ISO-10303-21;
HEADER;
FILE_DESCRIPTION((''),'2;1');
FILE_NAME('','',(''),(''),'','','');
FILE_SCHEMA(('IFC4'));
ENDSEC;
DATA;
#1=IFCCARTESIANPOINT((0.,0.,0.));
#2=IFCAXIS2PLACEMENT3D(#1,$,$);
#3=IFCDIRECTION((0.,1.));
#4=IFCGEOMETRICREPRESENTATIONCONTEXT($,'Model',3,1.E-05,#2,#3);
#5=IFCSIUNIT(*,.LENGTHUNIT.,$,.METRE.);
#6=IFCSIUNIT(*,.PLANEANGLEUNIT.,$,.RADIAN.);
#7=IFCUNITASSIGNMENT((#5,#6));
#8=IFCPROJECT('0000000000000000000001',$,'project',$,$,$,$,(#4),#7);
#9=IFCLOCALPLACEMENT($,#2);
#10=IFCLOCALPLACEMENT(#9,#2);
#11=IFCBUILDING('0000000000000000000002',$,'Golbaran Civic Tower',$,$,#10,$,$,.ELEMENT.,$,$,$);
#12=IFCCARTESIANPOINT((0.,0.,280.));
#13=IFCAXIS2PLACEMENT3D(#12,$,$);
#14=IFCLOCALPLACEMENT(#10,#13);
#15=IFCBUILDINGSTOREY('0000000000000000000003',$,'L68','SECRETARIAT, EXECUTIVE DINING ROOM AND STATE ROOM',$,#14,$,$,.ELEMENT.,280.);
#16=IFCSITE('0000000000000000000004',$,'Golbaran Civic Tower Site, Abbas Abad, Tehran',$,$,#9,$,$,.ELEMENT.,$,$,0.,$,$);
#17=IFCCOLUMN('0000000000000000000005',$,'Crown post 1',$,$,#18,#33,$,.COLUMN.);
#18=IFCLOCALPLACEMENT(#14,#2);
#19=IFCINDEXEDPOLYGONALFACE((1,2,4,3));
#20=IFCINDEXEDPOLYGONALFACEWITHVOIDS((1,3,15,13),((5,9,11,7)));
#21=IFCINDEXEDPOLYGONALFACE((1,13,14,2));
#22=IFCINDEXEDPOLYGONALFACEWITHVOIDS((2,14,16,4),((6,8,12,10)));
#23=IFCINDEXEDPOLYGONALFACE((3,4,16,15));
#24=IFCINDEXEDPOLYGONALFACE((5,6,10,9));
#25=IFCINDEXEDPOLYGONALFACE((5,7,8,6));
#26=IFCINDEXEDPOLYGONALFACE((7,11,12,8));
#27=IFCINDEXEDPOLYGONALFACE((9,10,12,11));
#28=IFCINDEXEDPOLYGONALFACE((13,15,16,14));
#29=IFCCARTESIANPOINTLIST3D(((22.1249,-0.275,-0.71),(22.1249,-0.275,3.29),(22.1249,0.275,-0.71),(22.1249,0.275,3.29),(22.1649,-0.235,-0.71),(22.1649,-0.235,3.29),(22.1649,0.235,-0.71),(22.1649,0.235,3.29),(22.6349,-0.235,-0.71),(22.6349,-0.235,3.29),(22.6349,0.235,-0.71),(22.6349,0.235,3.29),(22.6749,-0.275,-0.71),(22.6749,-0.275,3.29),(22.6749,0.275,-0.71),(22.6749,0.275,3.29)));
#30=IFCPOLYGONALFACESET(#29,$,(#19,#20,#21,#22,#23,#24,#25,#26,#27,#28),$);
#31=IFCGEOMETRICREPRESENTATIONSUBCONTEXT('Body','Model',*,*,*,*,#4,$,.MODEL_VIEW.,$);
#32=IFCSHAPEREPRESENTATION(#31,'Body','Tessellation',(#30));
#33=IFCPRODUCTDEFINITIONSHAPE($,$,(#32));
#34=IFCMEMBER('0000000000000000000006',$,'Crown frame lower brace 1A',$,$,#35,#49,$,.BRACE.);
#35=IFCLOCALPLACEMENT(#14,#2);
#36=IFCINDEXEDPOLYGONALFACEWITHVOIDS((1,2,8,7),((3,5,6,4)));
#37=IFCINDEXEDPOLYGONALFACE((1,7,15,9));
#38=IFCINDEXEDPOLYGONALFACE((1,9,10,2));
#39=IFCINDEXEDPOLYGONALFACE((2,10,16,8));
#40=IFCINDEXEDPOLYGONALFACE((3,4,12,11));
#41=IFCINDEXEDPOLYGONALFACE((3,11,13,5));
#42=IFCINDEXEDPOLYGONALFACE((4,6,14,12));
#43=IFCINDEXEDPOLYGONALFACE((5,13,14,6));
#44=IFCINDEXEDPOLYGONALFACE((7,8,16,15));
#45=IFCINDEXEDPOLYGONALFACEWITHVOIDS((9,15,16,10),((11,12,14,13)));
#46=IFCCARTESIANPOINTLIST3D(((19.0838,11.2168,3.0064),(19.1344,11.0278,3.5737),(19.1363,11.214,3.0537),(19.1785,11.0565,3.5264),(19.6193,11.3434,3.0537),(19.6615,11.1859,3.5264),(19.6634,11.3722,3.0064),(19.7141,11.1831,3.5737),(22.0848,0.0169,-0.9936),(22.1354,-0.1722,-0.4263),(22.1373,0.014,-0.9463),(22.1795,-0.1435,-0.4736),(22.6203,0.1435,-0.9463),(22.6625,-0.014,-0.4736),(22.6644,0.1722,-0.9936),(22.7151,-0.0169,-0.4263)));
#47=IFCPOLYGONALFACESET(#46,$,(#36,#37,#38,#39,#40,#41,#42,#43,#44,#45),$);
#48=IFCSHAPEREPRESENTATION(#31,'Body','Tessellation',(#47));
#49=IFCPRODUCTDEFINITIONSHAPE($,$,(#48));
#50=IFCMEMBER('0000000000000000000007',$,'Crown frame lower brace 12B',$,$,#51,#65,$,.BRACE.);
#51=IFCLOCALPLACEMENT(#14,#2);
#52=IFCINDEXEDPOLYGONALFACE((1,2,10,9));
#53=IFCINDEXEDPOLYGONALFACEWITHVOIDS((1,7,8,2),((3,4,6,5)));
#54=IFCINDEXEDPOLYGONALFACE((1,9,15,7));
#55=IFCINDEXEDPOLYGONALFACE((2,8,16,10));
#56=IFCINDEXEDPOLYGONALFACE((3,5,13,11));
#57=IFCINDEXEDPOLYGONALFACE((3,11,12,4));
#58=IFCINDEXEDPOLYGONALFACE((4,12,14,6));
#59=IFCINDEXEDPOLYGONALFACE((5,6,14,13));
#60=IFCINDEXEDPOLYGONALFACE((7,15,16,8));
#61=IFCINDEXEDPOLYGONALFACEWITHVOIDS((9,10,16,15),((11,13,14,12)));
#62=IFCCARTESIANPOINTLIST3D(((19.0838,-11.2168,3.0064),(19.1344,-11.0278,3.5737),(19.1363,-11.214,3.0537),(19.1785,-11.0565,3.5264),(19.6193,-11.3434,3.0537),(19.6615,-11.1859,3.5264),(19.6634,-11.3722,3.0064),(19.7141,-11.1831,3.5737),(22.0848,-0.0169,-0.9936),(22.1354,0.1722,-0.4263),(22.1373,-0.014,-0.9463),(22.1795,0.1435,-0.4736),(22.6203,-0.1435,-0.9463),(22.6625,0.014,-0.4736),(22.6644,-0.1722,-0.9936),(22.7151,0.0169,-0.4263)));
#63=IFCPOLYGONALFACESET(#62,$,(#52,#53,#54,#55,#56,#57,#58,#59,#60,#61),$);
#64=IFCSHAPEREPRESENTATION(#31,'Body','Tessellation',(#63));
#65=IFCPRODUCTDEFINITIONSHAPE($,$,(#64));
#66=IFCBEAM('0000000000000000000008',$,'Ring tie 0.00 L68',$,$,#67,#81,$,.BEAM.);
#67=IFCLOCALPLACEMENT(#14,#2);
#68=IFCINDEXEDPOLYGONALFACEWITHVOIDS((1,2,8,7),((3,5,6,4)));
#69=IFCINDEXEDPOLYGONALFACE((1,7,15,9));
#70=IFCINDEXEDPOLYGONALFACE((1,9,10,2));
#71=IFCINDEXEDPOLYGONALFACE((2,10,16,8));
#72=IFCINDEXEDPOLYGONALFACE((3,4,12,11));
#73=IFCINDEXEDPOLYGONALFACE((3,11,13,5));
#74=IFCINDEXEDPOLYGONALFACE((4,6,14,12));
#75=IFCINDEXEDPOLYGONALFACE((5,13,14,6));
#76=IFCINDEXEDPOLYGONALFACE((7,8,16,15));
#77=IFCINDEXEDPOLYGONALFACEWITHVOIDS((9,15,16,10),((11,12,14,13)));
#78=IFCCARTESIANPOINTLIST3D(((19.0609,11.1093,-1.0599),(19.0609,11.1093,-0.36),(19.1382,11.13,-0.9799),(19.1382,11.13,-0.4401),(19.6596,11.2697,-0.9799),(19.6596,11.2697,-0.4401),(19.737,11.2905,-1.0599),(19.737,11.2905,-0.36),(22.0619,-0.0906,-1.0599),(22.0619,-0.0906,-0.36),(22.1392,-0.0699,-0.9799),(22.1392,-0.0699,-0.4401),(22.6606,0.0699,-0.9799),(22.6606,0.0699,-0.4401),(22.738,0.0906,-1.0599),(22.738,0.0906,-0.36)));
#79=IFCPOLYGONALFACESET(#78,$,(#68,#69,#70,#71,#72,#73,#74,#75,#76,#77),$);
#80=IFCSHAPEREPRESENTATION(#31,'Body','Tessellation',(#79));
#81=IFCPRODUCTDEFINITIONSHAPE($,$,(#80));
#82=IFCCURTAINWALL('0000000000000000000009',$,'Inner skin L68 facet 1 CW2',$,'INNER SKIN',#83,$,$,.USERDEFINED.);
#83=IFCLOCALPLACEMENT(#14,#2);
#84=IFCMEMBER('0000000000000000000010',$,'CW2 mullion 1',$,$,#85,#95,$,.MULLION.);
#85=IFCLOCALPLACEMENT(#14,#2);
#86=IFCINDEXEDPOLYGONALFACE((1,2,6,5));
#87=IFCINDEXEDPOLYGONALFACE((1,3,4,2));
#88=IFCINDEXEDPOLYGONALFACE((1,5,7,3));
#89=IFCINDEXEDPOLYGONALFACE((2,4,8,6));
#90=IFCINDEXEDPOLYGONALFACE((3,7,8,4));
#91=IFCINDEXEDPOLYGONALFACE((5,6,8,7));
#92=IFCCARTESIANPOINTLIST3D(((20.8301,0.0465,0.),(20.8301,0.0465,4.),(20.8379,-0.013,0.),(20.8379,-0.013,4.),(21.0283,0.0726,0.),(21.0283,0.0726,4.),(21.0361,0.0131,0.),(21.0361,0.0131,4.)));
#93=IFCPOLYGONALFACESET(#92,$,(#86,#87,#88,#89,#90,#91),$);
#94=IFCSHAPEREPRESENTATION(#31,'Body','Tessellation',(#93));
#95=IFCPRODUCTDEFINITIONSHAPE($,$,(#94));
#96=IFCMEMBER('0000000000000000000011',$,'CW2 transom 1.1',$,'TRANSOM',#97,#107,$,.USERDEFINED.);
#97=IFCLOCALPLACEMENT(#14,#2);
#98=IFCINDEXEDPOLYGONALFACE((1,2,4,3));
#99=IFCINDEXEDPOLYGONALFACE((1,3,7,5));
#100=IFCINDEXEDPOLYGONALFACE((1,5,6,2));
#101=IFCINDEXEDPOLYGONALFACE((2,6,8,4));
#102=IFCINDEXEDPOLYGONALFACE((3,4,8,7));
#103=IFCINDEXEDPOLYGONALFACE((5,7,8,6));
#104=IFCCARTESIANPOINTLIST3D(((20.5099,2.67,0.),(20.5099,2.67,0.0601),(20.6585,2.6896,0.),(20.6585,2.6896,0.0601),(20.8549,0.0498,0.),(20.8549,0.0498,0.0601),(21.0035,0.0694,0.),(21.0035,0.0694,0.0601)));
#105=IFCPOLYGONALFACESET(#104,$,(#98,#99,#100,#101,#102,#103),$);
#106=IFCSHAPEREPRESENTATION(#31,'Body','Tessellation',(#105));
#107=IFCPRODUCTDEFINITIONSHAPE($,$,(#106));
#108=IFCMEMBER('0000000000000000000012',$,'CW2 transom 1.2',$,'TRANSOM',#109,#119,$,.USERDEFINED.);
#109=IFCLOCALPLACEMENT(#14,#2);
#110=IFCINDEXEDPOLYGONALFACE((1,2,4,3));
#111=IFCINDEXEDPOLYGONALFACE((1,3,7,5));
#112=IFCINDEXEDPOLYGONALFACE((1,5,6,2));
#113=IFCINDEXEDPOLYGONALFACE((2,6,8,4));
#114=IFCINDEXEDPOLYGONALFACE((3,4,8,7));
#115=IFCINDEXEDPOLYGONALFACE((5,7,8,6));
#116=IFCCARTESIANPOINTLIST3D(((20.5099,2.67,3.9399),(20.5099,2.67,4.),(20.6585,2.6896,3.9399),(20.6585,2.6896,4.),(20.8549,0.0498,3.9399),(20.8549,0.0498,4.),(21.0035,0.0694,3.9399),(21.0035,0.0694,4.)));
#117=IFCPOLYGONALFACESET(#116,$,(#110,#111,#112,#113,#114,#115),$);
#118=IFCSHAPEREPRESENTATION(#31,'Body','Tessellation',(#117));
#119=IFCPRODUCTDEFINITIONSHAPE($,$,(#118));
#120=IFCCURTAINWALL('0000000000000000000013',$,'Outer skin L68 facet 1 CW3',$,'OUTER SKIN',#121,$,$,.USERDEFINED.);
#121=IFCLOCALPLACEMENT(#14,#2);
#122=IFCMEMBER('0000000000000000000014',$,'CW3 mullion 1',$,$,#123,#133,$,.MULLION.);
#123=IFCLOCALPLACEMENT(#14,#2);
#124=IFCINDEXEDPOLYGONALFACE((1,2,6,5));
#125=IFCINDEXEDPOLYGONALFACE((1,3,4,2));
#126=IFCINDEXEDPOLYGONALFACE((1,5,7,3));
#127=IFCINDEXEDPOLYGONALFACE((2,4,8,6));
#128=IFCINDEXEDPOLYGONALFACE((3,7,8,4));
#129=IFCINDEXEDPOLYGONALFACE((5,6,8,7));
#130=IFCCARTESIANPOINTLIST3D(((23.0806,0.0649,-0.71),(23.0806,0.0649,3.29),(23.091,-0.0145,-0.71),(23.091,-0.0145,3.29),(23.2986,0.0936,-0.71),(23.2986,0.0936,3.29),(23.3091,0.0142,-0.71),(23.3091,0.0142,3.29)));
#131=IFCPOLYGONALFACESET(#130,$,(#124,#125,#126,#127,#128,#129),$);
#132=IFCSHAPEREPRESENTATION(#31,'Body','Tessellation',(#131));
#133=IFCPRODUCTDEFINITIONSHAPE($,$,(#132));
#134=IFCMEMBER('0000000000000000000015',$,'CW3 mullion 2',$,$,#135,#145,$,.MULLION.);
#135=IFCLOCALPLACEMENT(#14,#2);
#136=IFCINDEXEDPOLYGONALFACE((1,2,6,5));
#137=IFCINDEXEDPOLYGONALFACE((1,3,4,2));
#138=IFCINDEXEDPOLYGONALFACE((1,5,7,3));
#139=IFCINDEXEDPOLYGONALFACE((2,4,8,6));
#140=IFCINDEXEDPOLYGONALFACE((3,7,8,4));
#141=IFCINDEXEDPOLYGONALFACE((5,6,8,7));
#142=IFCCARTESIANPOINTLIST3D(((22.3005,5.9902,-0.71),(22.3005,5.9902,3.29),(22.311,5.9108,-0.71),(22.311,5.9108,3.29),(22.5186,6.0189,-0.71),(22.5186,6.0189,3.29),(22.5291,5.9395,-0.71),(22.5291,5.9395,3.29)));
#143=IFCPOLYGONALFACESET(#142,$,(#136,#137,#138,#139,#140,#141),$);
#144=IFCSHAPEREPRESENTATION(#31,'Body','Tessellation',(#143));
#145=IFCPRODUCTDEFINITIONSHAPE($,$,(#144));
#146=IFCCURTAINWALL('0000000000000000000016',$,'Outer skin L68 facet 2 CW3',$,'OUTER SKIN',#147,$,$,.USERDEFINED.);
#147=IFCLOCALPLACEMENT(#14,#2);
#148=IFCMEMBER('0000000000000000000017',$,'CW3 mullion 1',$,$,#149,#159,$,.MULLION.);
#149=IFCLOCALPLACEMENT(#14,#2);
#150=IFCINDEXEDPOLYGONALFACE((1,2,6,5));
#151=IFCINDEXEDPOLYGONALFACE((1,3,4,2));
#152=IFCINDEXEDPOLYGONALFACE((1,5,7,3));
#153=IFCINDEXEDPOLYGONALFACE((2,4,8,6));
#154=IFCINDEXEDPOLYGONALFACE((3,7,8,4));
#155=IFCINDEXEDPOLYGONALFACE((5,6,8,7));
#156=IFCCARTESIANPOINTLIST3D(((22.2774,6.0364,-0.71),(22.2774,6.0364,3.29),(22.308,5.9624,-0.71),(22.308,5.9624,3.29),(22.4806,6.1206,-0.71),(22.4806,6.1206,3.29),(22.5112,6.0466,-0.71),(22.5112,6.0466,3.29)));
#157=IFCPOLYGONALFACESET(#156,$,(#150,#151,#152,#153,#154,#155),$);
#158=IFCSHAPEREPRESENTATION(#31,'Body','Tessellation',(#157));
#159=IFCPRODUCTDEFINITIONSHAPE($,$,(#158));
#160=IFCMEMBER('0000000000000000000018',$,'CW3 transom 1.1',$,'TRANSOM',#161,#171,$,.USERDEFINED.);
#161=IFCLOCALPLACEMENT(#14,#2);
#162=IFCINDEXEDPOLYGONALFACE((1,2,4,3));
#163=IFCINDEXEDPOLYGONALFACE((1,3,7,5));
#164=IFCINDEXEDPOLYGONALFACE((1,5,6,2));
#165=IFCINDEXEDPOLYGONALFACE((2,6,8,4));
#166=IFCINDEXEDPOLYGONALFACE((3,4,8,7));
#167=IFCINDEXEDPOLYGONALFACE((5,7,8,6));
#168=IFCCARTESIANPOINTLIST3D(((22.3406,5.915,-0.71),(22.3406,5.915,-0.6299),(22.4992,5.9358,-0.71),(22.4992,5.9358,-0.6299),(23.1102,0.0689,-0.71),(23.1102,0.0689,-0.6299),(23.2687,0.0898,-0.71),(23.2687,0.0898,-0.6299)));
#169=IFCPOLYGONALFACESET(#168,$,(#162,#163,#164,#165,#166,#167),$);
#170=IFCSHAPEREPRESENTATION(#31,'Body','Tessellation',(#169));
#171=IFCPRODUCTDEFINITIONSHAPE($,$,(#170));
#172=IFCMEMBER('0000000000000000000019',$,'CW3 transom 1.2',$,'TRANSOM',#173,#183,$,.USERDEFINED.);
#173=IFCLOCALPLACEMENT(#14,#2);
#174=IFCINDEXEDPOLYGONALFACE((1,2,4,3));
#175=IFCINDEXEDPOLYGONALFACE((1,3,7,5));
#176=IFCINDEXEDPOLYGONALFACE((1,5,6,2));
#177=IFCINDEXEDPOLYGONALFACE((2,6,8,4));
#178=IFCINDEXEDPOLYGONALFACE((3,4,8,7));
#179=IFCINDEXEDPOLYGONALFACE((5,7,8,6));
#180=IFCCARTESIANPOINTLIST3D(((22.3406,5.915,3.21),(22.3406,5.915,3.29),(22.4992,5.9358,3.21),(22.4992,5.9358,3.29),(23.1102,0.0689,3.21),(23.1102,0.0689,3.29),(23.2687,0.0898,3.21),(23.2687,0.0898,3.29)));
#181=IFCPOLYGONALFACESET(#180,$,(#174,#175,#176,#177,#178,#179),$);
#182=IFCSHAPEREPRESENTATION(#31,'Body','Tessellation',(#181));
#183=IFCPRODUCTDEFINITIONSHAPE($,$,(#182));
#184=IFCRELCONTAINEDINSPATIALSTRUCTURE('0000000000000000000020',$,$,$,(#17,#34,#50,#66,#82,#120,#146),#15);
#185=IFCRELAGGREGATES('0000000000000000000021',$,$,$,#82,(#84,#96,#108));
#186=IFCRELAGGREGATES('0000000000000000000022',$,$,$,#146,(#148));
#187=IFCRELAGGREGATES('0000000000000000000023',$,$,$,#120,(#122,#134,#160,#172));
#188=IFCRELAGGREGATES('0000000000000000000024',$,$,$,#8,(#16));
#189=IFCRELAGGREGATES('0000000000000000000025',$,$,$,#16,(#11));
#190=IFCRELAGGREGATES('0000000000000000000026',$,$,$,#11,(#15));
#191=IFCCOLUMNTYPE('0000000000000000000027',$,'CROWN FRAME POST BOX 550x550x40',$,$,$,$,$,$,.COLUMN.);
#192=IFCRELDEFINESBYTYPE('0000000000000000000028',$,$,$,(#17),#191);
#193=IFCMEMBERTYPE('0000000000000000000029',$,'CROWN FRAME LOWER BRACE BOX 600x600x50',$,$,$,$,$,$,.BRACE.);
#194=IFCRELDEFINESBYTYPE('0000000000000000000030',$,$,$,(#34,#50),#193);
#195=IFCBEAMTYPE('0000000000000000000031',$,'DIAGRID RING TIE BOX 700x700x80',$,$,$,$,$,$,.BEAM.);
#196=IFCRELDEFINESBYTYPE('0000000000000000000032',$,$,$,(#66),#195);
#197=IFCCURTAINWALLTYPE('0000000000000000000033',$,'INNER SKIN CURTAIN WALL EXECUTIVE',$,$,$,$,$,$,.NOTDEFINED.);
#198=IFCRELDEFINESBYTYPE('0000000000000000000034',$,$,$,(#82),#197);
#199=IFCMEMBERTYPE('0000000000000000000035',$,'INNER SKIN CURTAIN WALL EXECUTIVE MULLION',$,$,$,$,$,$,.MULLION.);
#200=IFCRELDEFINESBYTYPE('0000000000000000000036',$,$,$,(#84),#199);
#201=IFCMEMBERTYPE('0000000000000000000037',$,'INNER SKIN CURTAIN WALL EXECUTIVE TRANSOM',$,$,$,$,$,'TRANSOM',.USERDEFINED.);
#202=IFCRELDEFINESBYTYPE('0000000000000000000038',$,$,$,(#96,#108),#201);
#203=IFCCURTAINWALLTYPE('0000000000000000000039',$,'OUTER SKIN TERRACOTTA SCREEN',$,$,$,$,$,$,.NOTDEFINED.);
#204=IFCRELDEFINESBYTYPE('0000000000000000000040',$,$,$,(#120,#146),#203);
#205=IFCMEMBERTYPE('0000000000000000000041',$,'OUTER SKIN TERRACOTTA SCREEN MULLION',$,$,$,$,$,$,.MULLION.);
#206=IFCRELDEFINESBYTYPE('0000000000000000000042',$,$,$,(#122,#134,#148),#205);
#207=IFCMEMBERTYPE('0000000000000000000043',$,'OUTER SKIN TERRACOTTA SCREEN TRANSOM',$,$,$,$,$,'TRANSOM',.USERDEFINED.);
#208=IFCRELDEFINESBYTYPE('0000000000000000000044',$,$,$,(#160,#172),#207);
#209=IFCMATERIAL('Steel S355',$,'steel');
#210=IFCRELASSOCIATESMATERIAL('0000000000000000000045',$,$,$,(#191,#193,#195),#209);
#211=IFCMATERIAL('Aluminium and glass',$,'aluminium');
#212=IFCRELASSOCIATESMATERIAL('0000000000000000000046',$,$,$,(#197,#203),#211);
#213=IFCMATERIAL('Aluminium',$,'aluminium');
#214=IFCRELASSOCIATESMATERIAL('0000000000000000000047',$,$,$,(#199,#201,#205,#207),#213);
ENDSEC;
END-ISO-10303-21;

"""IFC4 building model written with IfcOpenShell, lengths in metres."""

from ifc_helpers import new_model, si_unit, direction, frame, origin, origin_2d, place, context, subcontext, project, spatial, rectangle, hollow_rectangle, extrude, material, material_profile, profile_set, type_object, element, aggregate, save


model = new_model("IFC4")

# Units and contexts
model_context = context("Model", 3, precision=1e-05, world=origin(), true_north=direction((0.0, 1.0)))
body_context = subcontext(model_context, "Body", "Model", "MODEL_VIEW")
ifc_project = project(units=[si_unit("LENGTHUNIT", "METRE"), si_unit("PLANEANGLEUNIT", "RADIAN")], contexts=[model_context])

# Site, building, storey
site_placement = place(None, origin())
site = spatial("IfcSite", under=ifc_project, at=site_placement, Name="Golbaran Civic Tower Site, Abbas Abad, Tehran", CompositionType="ELEMENT", RefElevation=0.0)
building_placement = place(site_placement, origin())
building = spatial("IfcBuilding", under=site, at=building_placement, Name="Golbaran Civic Tower", CompositionType="ELEMENT")
storey_placement = place(building_placement, frame((0.0, 0.0, 280.0)))
storey = spatial("IfcBuildingStorey", under=building, at=storey_placement, Name="L68", Description="SECRETARIAT, EXECUTIVE DINING ROOM AND STATE ROOM", CompositionType="ELEMENT", Elevation=280.0)

# Column
ifc_material_1 = material(Name="Steel S355", Category="steel")
ifc_material_profile_1 = material_profile(ifc_material_1, hollow_rectangle(XDim=0.55, YDim=0.55, WallThickness=0.04, at=origin_2d()), Name="BOX 550x550x40")
ifc_profile_set_1 = profile_set([ifc_material_profile_1], Name="Steel S355")
column_type = type_object("IfcColumnType", Name="CROWN FRAME POST BOX 550x550x40", PredefinedType="COLUMN", material=ifc_profile_set_1)
column_placement = place(storey_placement, frame((22.3999, 0.0, -0.71), z_axis=(0.0, 0.0, 1.0), x_axis=(1.0, 0.0, 0.0)))
element("IfcColumn", 1, at=column_placement, inside=storey, type_object=column_type, Name="Crown post 1", PredefinedType="COLUMN", context=body_context, shape_type="SweptSolid", body=[
    extrude(hollow_rectangle(XDim=0.55, YDim=0.55, WallThickness=0.04, at=origin_2d()), origin(), (0.0, 0.0, 1.0), 4.0),
])

# Members
ifc_material_profile_2 = material_profile(ifc_material_1, hollow_rectangle(XDim=0.6001, YDim=0.6001, WallThickness=0.05, at=origin_2d()), Name="BOX 600x600x50")
ifc_profile_set_2 = profile_set([ifc_material_profile_2], Name="Steel S355")
member_type_1 = type_object("IfcMemberType", Name="CROWN FRAME LOWER BRACE BOX 600x600x50", PredefinedType="BRACE", material=ifc_profile_set_2)
for number, where, z_axis, x_axis, name in (
    (2, (22.3999, 0.0, -0.71), (-0.244666, 0.913119, 0.326116), (-0.965927, -0.258816, 0.0), "Crown frame lower brace 1A"),
    (3, (22.3999, 0.0, -0.71), (-0.244666, -0.913119, 0.326116), (0.965927, -0.258816, 0.0), "Crown frame lower brace 12B"),
):
    element("IfcMember", number, at=place(storey_placement, frame(where, z_axis=z_axis, x_axis=x_axis)), inside=storey, type_object=member_type_1, Name=name, PredefinedType="BRACE", context=body_context, shape_type="SweptSolid", body=[
        extrude(hollow_rectangle(XDim=0.6001, YDim=0.6001, WallThickness=0.05, at=origin_2d()), origin(), (0.0, 0.0, 1.0), 12.2656),
    ])

# Beam
ifc_material_profile_3 = material_profile(ifc_material_1, hollow_rectangle(XDim=0.7, YDim=0.7, WallThickness=0.0801, at=origin_2d()), Name="BOX 700x700x80")
ifc_profile_set_3 = profile_set([ifc_material_profile_3], Name="Steel S355")
beam_type = type_object("IfcBeamType", Name="DIAGRID RING TIE BOX 700x700x80", PredefinedType="BEAM", material=ifc_profile_set_3)
beam_placement = place(storey_placement, frame((22.3999, 0.0, -0.71), z_axis=(-0.258816, 0.965927, 0.0), x_axis=(-0.965927, -0.258816, 0.0)))
element("IfcBeam", 4, at=beam_placement, inside=storey, type_object=beam_type, Name="Ring tie 0.00 L68", PredefinedType="BEAM", context=body_context, shape_type="SweptSolid", body=[
    extrude(hollow_rectangle(XDim=0.7, YDim=0.7, WallThickness=0.0801, at=origin_2d()), origin(), (0.0, 0.0, 1.0), 11.595),
])

# Curtain walls, members
ifc_material_2 = material(Name="Aluminium and glass", Category="aluminium")
curtain_wall_type_1 = type_object("IfcCurtainWallType", Name="INNER SKIN CURTAIN WALL EXECUTIVE", PredefinedType="NOTDEFINED", material=ifc_material_2)
curtain_wall_1_placement = place(storey_placement, origin())
curtain_wall_1 = element("IfcCurtainWall", 5, at=curtain_wall_1_placement, inside=storey, type_object=curtain_wall_type_1, Name="Inner skin L68 facet 1 CW2", ObjectType="INNER SKIN", PredefinedType="USERDEFINED")
ifc_material_3 = material(Name="Aluminium", Category="aluminium")
ifc_material_profile_4 = material_profile(ifc_material_3, rectangle(XDim=0.2, YDim=0.0601, at=origin_2d()), Name="INNER SKIN CURTAIN WALL EXECUTIVE MULLION")
ifc_profile_set_4 = profile_set([ifc_material_profile_4], Name="Aluminium")
member_type_2 = type_object("IfcMemberType", Name="INNER SKIN CURTAIN WALL EXECUTIVE MULLION", PredefinedType="MULLION", material=ifc_profile_set_4)
member_1_placement = place(storey_placement, frame((20.9331, 0.0298, 0.0), z_axis=(0.0, 0.0, 1.0), x_axis=(-0.991445, -0.130526, 0.0)))
member_1 = element("IfcMember", 6, at=member_1_placement, type_object=member_type_2, Name="CW2 mullion 1", PredefinedType="MULLION", context=body_context, shape_type="SweptSolid", body=[
    extrude(rectangle(XDim=0.2, YDim=0.0601, at=origin_2d()), origin(), (0.0, 0.0, 1.0), 4.0),
])
ifc_material_profile_5 = material_profile(ifc_material_3, rectangle(XDim=0.1499, YDim=0.0601, at=origin_2d()), Name="INNER SKIN CURTAIN WALL EXECUTIVE TRANSOM")
ifc_profile_set_5 = profile_set([ifc_material_profile_5], Name="Aluminium")
member_type_3 = type_object("IfcMemberType", Name="INNER SKIN CURTAIN WALL EXECUTIVE TRANSOM", ElementType="TRANSOM", PredefinedType="USERDEFINED", material=ifc_profile_set_5)
member_2_placement = place(storey_placement, frame((20.9292, 0.0596, 0.03), z_axis=(-0.130536, 0.991444, 0.0), x_axis=(-0.991444, -0.130536, 0.0)))
member_2 = element("IfcMember", 7, at=member_2_placement, type_object=member_type_3, Name="CW2 transom 1.1", ObjectType="TRANSOM", PredefinedType="USERDEFINED", context=body_context, shape_type="SweptSolid", body=[
    extrude(rectangle(XDim=0.1499, YDim=0.0601, at=origin_2d()), origin(), (0.0, 0.0, 1.0), 2.6428),
])
member_3_placement = place(storey_placement, frame((20.9292, 0.0596, 3.97), z_axis=(-0.130536, 0.991444, 0.0), x_axis=(-0.991444, -0.130536, 0.0)))
member_3 = element("IfcMember", 8, at=member_3_placement, type_object=member_type_3, Name="CW2 transom 1.2", ObjectType="TRANSOM", PredefinedType="USERDEFINED", context=body_context, shape_type="SweptSolid", body=[
    extrude(rectangle(XDim=0.1499, YDim=0.0601, at=origin_2d()), origin(), (0.0, 0.0, 1.0), 2.6428),
])
curtain_wall_type_2 = type_object("IfcCurtainWallType", Name="OUTER SKIN TERRACOTTA SCREEN", PredefinedType="NOTDEFINED", material=ifc_material_2)
curtain_wall_2_placement = place(storey_placement, origin())
curtain_wall_2 = element("IfcCurtainWall", 9, at=curtain_wall_2_placement, inside=storey, type_object=curtain_wall_type_2, Name="Outer skin L68 facet 1 CW3", ObjectType="OUTER SKIN", PredefinedType="USERDEFINED")
ifc_material_profile_6 = material_profile(ifc_material_3, rectangle(XDim=0.22, YDim=0.0801, at=origin_2d()), Name="OUTER SKIN TERRACOTTA SCREEN MULLION")
ifc_profile_set_6 = profile_set([ifc_material_profile_6], Name="Aluminium")
member_type_4 = type_object("IfcMemberType", Name="OUTER SKIN TERRACOTTA SCREEN MULLION", PredefinedType="MULLION", material=ifc_profile_set_6)
member_4_placement = place(storey_placement, frame((23.1948, 0.0396, -0.71), z_axis=(0.0, 0.0, 1.0), x_axis=(-0.991445, -0.130526, 0.0)))
member_4 = element("IfcMember", 10, at=member_4_placement, type_object=member_type_4, Name="CW3 mullion 1", PredefinedType="MULLION", context=body_context, shape_type="SweptSolid", body=[
    extrude(rectangle(XDim=0.22, YDim=0.0801, at=origin_2d()), origin(), (0.0, 0.0, 1.0), 4.0),
])
member_5_placement = place(storey_placement, frame((22.4148, 5.9648, -0.71), z_axis=(0.0, 0.0, 1.0), x_axis=(-0.991445, -0.130526, 0.0)))
member_5 = element("IfcMember", 11, at=member_5_placement, type_object=member_type_4, Name="CW3 mullion 2", PredefinedType="MULLION", context=body_context, shape_type="SweptSolid", body=[
    extrude(rectangle(XDim=0.22, YDim=0.0801, at=origin_2d()), origin(), (0.0, 0.0, 1.0), 4.0),
])

# Curtain wall, member
curtain_wall_3_placement = place(storey_placement, origin())
curtain_wall_3 = element("IfcCurtainWall", 12, at=curtain_wall_3_placement, inside=storey, type_object=curtain_wall_type_2, Name="Outer skin L68 facet 2 CW3", ObjectType="OUTER SKIN", PredefinedType="USERDEFINED")
member_6_placement = place(storey_placement, frame((22.3943, 6.0415, -0.71), z_axis=(0.0, 0.0, 1.0), x_axis=(-0.92388, -0.382683, 0.0)))
member_6 = element("IfcMember", 13, at=member_6_placement, type_object=member_type_4, Name="CW3 mullion 1", PredefinedType="MULLION", context=body_context, shape_type="SweptSolid", body=[
    extrude(rectangle(XDim=0.22, YDim=0.0801, at=origin_2d()), origin(), (0.0, 0.0, 1.0), 4.0),
])

# Members
ifc_material_profile_7 = material_profile(ifc_material_3, rectangle(XDim=0.1599, YDim=0.0801, at=origin_2d()), Name="OUTER SKIN TERRACOTTA SCREEN TRANSOM")
ifc_profile_set_7 = profile_set([ifc_material_profile_7], Name="Aluminium")
member_type_5 = type_object("IfcMemberType", Name="OUTER SKIN TERRACOTTA SCREEN TRANSOM", ElementType="TRANSOM", PredefinedType="USERDEFINED", material=ifc_profile_set_7)
member_7_placement = place(storey_placement, frame((23.1895, 0.0793, -0.6699), z_axis=(-0.130509, 0.991447, 0.0), x_axis=(-0.991447, -0.130509, 0.0)))
member_7 = element("IfcMember", 14, at=member_7_placement, type_object=member_type_5, Name="CW3 transom 1.1", ObjectType="TRANSOM", PredefinedType="USERDEFINED", context=body_context, shape_type="SweptSolid", body=[
    extrude(rectangle(XDim=0.1599, YDim=0.0801, at=origin_2d()), origin(), (0.0, 0.0, 1.0), 5.8965),
])
member_8_placement = place(storey_placement, frame((23.1895, 0.0793, 3.25), z_axis=(-0.130509, 0.991447, 0.0), x_axis=(-0.991447, -0.130509, 0.0)))
member_8 = element("IfcMember", 15, at=member_8_placement, type_object=member_type_5, Name="CW3 transom 1.2", ObjectType="TRANSOM", PredefinedType="USERDEFINED", context=body_context, shape_type="SweptSolid", body=[
    extrude(rectangle(XDim=0.1599, YDim=0.0801, at=origin_2d()), origin(), (0.0, 0.0, 1.0), 5.8965),
])

aggregate(curtain_wall_1, [member_1, member_2, member_3])
aggregate(curtain_wall_3, [member_6])
aggregate(curtain_wall_2, [member_4, member_5, member_7, member_8])

save(model, "model.ifc")
